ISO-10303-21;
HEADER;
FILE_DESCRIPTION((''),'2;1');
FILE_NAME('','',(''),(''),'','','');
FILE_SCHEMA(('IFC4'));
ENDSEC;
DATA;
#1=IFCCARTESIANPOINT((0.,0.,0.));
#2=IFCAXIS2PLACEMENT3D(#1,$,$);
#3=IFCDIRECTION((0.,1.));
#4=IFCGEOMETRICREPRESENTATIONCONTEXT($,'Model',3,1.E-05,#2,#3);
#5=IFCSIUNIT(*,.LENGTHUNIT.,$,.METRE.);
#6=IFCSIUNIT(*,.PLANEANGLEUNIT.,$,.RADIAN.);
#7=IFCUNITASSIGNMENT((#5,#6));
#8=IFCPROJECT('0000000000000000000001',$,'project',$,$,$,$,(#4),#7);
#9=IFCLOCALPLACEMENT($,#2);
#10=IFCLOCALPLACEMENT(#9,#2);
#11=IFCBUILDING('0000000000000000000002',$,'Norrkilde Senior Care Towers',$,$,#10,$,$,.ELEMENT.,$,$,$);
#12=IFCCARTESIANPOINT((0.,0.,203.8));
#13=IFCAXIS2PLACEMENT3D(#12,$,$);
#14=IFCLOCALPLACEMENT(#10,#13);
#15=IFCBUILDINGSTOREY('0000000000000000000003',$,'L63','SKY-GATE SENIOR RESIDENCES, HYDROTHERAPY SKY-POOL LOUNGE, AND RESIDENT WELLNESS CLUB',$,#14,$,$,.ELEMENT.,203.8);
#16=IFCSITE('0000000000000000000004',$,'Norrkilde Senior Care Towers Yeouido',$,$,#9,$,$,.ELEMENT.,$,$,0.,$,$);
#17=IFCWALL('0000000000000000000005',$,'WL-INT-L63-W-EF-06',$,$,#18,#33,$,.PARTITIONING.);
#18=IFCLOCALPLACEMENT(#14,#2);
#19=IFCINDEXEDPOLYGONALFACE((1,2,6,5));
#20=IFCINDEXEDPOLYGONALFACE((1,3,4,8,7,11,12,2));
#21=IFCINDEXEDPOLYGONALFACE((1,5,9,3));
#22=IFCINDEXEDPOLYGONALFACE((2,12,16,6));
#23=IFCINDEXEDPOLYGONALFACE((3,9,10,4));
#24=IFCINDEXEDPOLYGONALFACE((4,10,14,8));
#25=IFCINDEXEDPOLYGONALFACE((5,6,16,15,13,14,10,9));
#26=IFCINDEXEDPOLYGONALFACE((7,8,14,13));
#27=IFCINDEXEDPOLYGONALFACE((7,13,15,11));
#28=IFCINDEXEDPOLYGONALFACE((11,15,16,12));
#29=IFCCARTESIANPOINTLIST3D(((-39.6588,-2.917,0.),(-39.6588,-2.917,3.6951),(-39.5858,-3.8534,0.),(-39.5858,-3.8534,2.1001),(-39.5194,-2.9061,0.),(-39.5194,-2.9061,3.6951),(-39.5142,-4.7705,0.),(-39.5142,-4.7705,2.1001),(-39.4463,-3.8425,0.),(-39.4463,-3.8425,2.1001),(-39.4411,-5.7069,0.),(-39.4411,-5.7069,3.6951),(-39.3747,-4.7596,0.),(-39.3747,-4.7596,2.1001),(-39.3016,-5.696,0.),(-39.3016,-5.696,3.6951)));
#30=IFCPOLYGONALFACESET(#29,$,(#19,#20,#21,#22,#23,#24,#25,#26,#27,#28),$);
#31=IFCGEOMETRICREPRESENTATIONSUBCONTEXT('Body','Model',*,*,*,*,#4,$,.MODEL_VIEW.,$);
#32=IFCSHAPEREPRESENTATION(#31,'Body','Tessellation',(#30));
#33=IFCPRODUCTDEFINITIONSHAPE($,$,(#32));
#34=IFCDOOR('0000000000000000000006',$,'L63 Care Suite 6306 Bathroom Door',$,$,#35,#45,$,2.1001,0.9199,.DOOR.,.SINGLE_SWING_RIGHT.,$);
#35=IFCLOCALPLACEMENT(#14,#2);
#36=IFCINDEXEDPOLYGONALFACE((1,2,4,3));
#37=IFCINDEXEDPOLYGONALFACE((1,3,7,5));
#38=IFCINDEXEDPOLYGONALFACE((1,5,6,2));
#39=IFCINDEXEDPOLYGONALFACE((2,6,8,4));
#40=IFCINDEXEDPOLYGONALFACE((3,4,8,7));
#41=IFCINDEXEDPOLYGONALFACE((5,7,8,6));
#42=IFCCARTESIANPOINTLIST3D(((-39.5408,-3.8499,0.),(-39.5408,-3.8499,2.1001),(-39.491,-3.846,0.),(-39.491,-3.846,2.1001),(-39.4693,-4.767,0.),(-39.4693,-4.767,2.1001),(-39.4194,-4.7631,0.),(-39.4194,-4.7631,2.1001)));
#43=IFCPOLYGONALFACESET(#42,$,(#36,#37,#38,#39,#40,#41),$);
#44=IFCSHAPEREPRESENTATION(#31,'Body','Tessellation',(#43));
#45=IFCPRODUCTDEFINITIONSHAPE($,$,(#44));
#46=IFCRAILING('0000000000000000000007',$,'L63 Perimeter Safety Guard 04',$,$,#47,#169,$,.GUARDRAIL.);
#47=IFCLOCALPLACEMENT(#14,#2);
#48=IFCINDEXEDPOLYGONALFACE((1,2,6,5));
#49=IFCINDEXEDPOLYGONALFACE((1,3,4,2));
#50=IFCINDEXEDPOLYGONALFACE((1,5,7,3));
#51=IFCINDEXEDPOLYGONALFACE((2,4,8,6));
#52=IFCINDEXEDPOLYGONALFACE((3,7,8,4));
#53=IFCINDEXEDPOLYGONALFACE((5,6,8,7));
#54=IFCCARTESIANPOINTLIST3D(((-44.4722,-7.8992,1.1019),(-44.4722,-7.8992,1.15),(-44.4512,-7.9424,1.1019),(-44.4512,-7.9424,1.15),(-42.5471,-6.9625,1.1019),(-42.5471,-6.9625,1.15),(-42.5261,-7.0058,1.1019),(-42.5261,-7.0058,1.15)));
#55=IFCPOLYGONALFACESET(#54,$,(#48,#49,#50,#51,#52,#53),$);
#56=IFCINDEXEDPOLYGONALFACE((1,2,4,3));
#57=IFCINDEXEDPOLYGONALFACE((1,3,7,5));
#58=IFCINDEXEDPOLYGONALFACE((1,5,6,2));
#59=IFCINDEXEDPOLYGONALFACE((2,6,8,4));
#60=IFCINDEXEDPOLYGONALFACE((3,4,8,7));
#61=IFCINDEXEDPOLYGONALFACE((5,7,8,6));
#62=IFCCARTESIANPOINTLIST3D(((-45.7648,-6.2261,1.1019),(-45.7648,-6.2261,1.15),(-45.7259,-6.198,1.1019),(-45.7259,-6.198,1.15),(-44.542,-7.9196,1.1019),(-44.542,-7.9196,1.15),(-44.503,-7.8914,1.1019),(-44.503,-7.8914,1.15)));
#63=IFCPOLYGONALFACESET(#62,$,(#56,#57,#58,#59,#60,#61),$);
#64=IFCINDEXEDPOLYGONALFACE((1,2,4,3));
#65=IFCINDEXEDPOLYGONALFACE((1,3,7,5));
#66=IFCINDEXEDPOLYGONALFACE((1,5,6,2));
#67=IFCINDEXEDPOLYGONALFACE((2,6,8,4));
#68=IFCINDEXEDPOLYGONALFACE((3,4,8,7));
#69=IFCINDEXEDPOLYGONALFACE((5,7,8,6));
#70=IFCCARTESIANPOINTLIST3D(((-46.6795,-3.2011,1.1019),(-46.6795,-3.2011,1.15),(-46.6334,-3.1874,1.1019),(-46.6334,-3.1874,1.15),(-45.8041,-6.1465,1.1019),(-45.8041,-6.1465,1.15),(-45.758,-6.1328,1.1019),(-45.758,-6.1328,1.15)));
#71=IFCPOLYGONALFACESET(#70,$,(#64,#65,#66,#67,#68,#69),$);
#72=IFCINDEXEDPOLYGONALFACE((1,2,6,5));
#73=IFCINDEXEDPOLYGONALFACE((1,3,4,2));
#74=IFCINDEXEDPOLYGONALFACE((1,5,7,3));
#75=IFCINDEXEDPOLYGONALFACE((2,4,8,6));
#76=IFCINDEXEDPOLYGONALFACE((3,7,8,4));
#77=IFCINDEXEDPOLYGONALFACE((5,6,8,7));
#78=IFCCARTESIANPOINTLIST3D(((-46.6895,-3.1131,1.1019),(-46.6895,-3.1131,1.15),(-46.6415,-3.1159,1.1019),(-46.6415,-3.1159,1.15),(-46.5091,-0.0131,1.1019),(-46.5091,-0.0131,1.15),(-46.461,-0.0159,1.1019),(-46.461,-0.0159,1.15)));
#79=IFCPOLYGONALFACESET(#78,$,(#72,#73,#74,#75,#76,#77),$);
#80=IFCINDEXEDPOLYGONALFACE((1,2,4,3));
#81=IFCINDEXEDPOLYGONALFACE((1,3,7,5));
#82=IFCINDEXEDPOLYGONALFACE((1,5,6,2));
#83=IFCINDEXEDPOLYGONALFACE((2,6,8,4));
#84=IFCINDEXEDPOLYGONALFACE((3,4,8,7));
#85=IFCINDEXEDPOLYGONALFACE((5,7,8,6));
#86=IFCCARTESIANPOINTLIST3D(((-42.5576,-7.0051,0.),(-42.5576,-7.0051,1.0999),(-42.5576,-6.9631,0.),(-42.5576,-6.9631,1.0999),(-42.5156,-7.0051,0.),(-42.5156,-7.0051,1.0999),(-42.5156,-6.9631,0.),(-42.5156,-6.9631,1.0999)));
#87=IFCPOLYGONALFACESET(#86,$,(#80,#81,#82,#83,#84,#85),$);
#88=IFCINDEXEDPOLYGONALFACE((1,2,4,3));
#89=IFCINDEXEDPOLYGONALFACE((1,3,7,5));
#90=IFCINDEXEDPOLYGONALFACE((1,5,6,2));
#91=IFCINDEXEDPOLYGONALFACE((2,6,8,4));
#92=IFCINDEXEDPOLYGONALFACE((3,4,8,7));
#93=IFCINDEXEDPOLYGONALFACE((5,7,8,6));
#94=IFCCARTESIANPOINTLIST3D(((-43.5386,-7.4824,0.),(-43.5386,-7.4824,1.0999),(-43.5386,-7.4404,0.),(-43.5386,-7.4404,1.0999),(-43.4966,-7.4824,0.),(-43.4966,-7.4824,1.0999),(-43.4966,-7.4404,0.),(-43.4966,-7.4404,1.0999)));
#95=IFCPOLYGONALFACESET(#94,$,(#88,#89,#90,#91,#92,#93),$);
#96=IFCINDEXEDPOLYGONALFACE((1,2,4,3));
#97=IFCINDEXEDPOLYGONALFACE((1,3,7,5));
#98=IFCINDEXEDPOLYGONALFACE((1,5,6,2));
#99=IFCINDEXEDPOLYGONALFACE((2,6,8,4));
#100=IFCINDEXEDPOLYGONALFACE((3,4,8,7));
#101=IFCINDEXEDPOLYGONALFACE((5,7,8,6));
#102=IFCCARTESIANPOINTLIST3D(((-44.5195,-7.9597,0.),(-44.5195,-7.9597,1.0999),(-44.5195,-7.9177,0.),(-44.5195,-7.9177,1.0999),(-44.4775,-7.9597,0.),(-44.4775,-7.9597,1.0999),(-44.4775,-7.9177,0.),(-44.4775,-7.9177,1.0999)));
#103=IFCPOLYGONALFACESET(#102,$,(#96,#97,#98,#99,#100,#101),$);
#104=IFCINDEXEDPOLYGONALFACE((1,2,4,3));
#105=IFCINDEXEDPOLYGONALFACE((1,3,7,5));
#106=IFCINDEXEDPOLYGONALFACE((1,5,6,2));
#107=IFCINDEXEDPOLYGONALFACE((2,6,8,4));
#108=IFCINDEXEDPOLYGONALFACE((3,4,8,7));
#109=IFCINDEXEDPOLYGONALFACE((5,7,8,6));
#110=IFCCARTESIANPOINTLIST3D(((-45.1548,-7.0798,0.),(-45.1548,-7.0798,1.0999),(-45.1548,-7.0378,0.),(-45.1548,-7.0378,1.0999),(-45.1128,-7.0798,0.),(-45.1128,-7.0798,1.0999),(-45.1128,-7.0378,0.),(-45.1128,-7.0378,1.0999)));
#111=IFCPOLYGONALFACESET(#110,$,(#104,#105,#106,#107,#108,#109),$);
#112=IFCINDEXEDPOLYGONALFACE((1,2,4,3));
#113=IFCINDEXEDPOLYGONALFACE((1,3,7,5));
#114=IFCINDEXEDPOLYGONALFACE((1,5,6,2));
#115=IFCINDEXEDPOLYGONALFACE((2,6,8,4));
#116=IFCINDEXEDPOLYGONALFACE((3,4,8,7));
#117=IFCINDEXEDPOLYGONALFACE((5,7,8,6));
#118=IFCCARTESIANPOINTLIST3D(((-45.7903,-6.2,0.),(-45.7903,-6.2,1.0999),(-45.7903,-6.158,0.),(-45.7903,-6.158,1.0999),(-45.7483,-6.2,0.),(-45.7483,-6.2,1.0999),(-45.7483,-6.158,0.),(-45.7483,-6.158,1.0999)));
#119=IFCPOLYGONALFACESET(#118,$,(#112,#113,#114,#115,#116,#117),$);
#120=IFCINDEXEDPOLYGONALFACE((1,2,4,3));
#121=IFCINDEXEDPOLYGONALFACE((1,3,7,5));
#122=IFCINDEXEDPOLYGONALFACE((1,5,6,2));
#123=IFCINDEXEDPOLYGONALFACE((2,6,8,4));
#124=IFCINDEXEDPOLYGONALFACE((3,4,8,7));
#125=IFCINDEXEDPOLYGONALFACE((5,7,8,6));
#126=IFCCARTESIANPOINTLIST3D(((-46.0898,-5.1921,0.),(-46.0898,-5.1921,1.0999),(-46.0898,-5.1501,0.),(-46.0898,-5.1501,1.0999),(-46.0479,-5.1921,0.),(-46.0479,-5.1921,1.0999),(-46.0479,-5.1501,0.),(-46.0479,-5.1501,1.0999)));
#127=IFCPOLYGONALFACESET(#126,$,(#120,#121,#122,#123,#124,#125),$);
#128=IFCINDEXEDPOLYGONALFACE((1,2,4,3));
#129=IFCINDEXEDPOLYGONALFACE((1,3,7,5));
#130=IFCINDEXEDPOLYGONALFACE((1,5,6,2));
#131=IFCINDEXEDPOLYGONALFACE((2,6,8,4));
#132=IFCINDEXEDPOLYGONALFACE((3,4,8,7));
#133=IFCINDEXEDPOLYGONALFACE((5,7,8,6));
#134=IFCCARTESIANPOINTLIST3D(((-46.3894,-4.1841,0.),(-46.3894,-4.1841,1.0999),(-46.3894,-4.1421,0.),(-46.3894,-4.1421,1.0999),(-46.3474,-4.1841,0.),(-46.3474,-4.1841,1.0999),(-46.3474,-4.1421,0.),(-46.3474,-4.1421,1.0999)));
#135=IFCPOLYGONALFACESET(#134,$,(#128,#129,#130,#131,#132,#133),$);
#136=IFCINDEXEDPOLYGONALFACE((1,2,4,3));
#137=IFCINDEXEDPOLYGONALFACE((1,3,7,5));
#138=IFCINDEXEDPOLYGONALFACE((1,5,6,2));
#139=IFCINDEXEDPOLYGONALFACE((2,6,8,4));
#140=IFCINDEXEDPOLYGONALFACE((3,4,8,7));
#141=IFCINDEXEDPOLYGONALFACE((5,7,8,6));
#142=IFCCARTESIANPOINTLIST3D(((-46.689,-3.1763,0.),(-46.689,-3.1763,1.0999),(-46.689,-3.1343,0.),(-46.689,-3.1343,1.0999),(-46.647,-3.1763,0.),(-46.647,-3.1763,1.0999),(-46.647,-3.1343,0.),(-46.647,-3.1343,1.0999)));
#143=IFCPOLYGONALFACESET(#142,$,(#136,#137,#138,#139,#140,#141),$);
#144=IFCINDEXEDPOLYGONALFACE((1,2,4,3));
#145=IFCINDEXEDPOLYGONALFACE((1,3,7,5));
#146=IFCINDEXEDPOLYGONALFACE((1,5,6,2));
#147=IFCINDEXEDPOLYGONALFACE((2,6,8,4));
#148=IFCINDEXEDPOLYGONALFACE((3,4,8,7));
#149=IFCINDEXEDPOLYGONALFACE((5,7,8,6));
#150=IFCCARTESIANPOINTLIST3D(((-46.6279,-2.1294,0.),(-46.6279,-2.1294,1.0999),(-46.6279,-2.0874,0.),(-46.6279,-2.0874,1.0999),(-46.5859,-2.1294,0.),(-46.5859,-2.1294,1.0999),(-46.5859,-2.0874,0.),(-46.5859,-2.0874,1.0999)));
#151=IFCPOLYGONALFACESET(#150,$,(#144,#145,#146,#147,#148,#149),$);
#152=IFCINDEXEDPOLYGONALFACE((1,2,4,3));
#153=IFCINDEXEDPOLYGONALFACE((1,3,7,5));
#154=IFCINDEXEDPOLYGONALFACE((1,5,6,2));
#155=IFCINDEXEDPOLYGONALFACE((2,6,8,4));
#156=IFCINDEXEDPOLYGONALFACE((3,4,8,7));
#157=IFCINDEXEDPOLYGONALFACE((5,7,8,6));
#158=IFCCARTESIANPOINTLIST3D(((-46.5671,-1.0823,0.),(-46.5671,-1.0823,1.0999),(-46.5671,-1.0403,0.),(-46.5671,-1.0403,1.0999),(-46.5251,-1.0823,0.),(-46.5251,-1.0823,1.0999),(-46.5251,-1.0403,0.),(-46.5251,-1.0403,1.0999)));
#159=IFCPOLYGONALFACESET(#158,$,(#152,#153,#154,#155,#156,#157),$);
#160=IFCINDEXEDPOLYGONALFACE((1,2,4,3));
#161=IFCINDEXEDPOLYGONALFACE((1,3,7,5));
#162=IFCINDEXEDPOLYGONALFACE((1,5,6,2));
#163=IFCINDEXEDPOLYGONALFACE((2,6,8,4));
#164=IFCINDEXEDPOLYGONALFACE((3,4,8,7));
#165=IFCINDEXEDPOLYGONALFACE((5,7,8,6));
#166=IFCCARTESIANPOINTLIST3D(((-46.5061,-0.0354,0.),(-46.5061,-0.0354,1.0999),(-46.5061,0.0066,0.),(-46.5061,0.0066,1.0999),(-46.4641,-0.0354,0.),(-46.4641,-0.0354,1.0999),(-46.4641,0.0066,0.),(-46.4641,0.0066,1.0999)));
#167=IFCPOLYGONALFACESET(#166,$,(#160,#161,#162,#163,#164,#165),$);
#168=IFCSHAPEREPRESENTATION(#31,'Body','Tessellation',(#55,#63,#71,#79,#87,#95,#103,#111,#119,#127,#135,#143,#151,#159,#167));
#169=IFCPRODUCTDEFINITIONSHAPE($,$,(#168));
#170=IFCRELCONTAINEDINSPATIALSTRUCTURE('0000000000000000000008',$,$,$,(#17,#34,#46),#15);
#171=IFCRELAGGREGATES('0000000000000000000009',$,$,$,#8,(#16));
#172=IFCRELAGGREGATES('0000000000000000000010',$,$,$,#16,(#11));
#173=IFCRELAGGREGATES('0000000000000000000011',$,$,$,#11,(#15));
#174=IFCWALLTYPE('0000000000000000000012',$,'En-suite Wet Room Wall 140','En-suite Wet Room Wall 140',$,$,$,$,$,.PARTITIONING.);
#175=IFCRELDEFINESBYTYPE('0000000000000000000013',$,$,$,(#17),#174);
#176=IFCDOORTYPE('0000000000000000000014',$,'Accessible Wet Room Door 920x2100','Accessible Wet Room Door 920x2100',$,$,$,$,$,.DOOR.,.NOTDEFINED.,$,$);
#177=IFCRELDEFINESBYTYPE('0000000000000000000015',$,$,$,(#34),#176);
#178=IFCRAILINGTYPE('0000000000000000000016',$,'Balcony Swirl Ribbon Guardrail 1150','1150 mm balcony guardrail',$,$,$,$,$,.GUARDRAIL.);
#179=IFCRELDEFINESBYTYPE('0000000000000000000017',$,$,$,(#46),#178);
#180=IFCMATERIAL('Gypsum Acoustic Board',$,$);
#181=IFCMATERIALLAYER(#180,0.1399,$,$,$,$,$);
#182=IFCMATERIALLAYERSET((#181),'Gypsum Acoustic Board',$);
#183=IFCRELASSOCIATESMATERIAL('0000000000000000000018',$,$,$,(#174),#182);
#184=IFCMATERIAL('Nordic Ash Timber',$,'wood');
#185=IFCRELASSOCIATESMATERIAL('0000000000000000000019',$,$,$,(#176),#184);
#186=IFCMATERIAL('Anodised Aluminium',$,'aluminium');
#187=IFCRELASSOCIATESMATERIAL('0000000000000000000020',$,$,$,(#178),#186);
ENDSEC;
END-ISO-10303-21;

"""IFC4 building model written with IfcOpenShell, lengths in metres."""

from ifc_helpers import new_model, si_unit, direction, frame, frame_2d, origin, origin_2d, place, context, subcontext, project, spatial, rectangle, extrude, source, transform, mapped, material, layer, layer_set, type_object, type_shapes, element, fill, save


model = new_model("IFC4")

# Units and contexts
model_context = context("Model", 3, precision=1e-05, world=origin(), true_north=direction((0.0, 1.0)))
body_context = subcontext(model_context, "Body", "Model", "MODEL_VIEW")
ifc_project = project(units=[si_unit("LENGTHUNIT", "METRE"), si_unit("PLANEANGLEUNIT", "RADIAN")], contexts=[model_context])

# Site, building, storey
site_placement = place(None, origin())
site = spatial("IfcSite", under=ifc_project, at=site_placement, Name="Norrkilde Senior Care Towers Yeouido", CompositionType="ELEMENT", RefElevation=0.0)
building_placement = place(site_placement, origin())
building = spatial("IfcBuilding", under=site, at=building_placement, Name="Norrkilde Senior Care Towers", CompositionType="ELEMENT")
storey_placement = place(building_placement, frame((0.0, 0.0, 203.8)))
storey = spatial("IfcBuildingStorey", under=building, at=storey_placement, Name="L63", Description="SKY-GATE SENIOR RESIDENCES, HYDROTHERAPY SKY-POOL LOUNGE, AND RESIDENT WELLNESS CLUB", CompositionType="ELEMENT", Elevation=203.8)

# Shared definitions
ifc_material_1 = material(Name="Anodised Aluminium", Category="aluminium")

# Shared definitions
ifc_material_2 = material(Name="Gypsum Acoustic Board")
ifc_material_3 = material(Name="Nordic Ash Timber", Category="wood")

# Shared definitions
ifc_layer_1 = layer(ifc_material_2, 0.1399)
ifc_layer_set_1 = layer_set([ifc_layer_1], Name="Gypsum Acoustic Board")
wall_type_1 = type_object("IfcWallType", Name="En-suite Wet Room Wall 140", Description="En-suite Wet Room Wall 140", PredefinedType="PARTITIONING", material=ifc_layer_set_1)

# Wall, opening, door
shared_shape_1 = source(origin(), body_context, "Body", "SweptSolid", [
    extrude(rectangle(XDim=2.7983, YDim=0.1399, at=frame_2d((1.3992, 0.0))), origin(), (0.0, 0.0, 1.0), 3.6951),
])
wall_1_placement = place(storey_placement, frame((-39.3713, -5.7014, 0.0), z_axis=(0.0, 0.0, 1.0), x_axis=(-0.077824, 0.996967, 0.0)))
wall_1 = element("IfcWall", 1, at=wall_1_placement, inside=storey, type_object=wall_type_1, Name="WL-INT-L63-W-EF-06", PredefinedType="PARTITIONING", context=body_context, shape_type="MappedRepresentation", body=[
    mapped(shared_shape_1, transform((0.0, 0.0, 0.0), x_axis=(1.0, 0.0, 0.0), y_axis=(0.0, 1.0, 0.0), z_axis=(0.0, 0.0, 1.0), scale=1.0)),
])
opening_1_placement = place(wall_1_placement, frame((0.9392, 0.0, 0.0)))
opening_1 = element("IfcOpeningElement", 2, at=opening_1_placement, cuts=wall_1, PredefinedType="OPENING", context=body_context, shape_type="SweptSolid", body=[
    extrude(rectangle(XDim=0.9199, YDim=2.1001, at=frame_2d((0.46, 1.05))), frame((0.0, 0.0798, 0.0), z_axis=(0.0, -1.0, 0.0), x_axis=(1.0, 0.0, 0.0)), (0.0, 0.0, 1.0), 0.1599),
])
door_type_1 = type_object("IfcDoorType", Name="Accessible Wet Room Door 920x2100", Description="Accessible Wet Room Door 920x2100", OperationType="NOTDEFINED", PredefinedType="DOOR", material=ifc_material_3)
shared_shape_2 = source(origin(), body_context, "Body", "SweptSolid", [
    extrude(rectangle(XDim=0.9199, YDim=2.1001, at=frame_2d((0.46, 1.05))), frame((0.0, 0.0249, 0.0), z_axis=(0.0, -1.0, 0.0), x_axis=(1.0, 0.0, 0.0)), (0.0, 0.0, 1.0), 0.05),
])
type_shapes(door_type_1, [shared_shape_2])
door_1_placement = place(opening_1_placement, origin())
door_1 = element("IfcDoor", 3, at=door_1_placement, inside=storey, type_object=door_type_1, Name="L63 Care Suite 6306 Bathroom Door", OperationType="SINGLE_SWING_RIGHT", OverallHeight=2.1001, OverallWidth=0.9199, PredefinedType="DOOR", context=body_context, shape_type="MappedRepresentation", body=[
    mapped(shared_shape_2, transform((0.0, 0.0, 0.0), x_axis=(1.0, 0.0, 0.0), y_axis=(0.0, 1.0, 0.0), z_axis=(0.0, 0.0, 1.0), scale=1.0)),
])
fill(opening_1, door_1)

# Railing
railing_type = type_object("IfcRailingType", Name="Balcony Swirl Ribbon Guardrail 1150", Description="1150 mm balcony guardrail", PredefinedType="GUARDRAIL", material=ifc_material_1)
railing_placement = place(storey_placement, frame((-42.5366, -6.9841, 0.0)))
element("IfcRailing", 4, at=railing_placement, inside=storey, type_object=railing_type, Name="L63 Perimeter Safety Guard 04", PredefinedType="GUARDRAIL", context=body_context, shape_type="SweptSolid", body=[
    extrude(rectangle(XDim=0.0481, YDim=0.0481, at=origin_2d()), frame((0.0, 0.0, 1.126), z_axis=(-0.899209, -0.43752, 0.0), x_axis=(0.43752, -0.899209, 0.0)), (0.0, 0.0, 1.0), 2.1409),
    extrude(rectangle(XDim=0.0481, YDim=0.0481, at=origin_2d()), frame((-1.9858, -0.9214, 1.126), z_axis=(-0.585433, 0.810721, 0.0), x_axis=(-0.810721, -0.585433, 0.0)), (0.0, 0.0, 1.0), 2.0889),
    extrude(rectangle(XDim=0.0481, YDim=0.0481, at=origin_2d()), frame((-3.2444, 0.8445, 1.126), z_axis=(-0.284897, 0.958558, 0.0), x_axis=(-0.958558, -0.284897, 0.0)), (0.0, 0.0, 1.0), 3.0728),
    extrude(rectangle(XDim=0.0481, YDim=0.0481, at=origin_2d()), frame((-4.1289, 3.8696, 1.126), z_axis=(0.058122, 0.99831, 0.0), x_axis=(-0.99831, 0.058122, 0.0)), (0.0, 0.0, 1.0), 3.1052),
    extrude(rectangle(XDim=0.042, YDim=0.042, at=origin_2d()), origin(), (0.0, 0.0, 1.0), 1.0999),
    extrude(rectangle(XDim=0.042, YDim=0.042, at=origin_2d()), frame((-0.981, -0.4773, 0.0)), (0.0, 0.0, 1.0), 1.0999),
    extrude(rectangle(XDim=0.042, YDim=0.042, at=origin_2d()), frame((-1.9619, -0.9546, 0.0)), (0.0, 0.0, 1.0), 1.0999),
    extrude(rectangle(XDim=0.042, YDim=0.042, at=origin_2d()), frame((-2.5972, -0.0747, 0.0)), (0.0, 0.0, 1.0), 1.0999),
    extrude(rectangle(XDim=0.042, YDim=0.042, at=origin_2d()), frame((-3.2327, 0.8052, 0.0)), (0.0, 0.0, 1.0), 1.0999),
    extrude(rectangle(XDim=0.042, YDim=0.042, at=origin_2d()), frame((-3.5322, 1.813, 0.0)), (0.0, 0.0, 1.0), 1.0999),
    extrude(rectangle(XDim=0.042, YDim=0.042, at=origin_2d()), frame((-3.8318, 2.821, 0.0)), (0.0, 0.0, 1.0), 1.0999),
    extrude(rectangle(XDim=0.042, YDim=0.042, at=origin_2d()), frame((-4.1313, 3.8289, 0.0)), (0.0, 0.0, 1.0), 1.0999),
    extrude(rectangle(XDim=0.042, YDim=0.042, at=origin_2d()), frame((-4.0703, 4.8757, 0.0)), (0.0, 0.0, 1.0), 1.0999),
    extrude(rectangle(XDim=0.042, YDim=0.042, at=origin_2d()), frame((-4.0095, 5.9229, 0.0)), (0.0, 0.0, 1.0), 1.0999),
    extrude(rectangle(XDim=0.042, YDim=0.042, at=origin_2d()), frame((-3.9485, 6.9697, 0.0)), (0.0, 0.0, 1.0), 1.0999),
])

save(model, "model.ifc")
